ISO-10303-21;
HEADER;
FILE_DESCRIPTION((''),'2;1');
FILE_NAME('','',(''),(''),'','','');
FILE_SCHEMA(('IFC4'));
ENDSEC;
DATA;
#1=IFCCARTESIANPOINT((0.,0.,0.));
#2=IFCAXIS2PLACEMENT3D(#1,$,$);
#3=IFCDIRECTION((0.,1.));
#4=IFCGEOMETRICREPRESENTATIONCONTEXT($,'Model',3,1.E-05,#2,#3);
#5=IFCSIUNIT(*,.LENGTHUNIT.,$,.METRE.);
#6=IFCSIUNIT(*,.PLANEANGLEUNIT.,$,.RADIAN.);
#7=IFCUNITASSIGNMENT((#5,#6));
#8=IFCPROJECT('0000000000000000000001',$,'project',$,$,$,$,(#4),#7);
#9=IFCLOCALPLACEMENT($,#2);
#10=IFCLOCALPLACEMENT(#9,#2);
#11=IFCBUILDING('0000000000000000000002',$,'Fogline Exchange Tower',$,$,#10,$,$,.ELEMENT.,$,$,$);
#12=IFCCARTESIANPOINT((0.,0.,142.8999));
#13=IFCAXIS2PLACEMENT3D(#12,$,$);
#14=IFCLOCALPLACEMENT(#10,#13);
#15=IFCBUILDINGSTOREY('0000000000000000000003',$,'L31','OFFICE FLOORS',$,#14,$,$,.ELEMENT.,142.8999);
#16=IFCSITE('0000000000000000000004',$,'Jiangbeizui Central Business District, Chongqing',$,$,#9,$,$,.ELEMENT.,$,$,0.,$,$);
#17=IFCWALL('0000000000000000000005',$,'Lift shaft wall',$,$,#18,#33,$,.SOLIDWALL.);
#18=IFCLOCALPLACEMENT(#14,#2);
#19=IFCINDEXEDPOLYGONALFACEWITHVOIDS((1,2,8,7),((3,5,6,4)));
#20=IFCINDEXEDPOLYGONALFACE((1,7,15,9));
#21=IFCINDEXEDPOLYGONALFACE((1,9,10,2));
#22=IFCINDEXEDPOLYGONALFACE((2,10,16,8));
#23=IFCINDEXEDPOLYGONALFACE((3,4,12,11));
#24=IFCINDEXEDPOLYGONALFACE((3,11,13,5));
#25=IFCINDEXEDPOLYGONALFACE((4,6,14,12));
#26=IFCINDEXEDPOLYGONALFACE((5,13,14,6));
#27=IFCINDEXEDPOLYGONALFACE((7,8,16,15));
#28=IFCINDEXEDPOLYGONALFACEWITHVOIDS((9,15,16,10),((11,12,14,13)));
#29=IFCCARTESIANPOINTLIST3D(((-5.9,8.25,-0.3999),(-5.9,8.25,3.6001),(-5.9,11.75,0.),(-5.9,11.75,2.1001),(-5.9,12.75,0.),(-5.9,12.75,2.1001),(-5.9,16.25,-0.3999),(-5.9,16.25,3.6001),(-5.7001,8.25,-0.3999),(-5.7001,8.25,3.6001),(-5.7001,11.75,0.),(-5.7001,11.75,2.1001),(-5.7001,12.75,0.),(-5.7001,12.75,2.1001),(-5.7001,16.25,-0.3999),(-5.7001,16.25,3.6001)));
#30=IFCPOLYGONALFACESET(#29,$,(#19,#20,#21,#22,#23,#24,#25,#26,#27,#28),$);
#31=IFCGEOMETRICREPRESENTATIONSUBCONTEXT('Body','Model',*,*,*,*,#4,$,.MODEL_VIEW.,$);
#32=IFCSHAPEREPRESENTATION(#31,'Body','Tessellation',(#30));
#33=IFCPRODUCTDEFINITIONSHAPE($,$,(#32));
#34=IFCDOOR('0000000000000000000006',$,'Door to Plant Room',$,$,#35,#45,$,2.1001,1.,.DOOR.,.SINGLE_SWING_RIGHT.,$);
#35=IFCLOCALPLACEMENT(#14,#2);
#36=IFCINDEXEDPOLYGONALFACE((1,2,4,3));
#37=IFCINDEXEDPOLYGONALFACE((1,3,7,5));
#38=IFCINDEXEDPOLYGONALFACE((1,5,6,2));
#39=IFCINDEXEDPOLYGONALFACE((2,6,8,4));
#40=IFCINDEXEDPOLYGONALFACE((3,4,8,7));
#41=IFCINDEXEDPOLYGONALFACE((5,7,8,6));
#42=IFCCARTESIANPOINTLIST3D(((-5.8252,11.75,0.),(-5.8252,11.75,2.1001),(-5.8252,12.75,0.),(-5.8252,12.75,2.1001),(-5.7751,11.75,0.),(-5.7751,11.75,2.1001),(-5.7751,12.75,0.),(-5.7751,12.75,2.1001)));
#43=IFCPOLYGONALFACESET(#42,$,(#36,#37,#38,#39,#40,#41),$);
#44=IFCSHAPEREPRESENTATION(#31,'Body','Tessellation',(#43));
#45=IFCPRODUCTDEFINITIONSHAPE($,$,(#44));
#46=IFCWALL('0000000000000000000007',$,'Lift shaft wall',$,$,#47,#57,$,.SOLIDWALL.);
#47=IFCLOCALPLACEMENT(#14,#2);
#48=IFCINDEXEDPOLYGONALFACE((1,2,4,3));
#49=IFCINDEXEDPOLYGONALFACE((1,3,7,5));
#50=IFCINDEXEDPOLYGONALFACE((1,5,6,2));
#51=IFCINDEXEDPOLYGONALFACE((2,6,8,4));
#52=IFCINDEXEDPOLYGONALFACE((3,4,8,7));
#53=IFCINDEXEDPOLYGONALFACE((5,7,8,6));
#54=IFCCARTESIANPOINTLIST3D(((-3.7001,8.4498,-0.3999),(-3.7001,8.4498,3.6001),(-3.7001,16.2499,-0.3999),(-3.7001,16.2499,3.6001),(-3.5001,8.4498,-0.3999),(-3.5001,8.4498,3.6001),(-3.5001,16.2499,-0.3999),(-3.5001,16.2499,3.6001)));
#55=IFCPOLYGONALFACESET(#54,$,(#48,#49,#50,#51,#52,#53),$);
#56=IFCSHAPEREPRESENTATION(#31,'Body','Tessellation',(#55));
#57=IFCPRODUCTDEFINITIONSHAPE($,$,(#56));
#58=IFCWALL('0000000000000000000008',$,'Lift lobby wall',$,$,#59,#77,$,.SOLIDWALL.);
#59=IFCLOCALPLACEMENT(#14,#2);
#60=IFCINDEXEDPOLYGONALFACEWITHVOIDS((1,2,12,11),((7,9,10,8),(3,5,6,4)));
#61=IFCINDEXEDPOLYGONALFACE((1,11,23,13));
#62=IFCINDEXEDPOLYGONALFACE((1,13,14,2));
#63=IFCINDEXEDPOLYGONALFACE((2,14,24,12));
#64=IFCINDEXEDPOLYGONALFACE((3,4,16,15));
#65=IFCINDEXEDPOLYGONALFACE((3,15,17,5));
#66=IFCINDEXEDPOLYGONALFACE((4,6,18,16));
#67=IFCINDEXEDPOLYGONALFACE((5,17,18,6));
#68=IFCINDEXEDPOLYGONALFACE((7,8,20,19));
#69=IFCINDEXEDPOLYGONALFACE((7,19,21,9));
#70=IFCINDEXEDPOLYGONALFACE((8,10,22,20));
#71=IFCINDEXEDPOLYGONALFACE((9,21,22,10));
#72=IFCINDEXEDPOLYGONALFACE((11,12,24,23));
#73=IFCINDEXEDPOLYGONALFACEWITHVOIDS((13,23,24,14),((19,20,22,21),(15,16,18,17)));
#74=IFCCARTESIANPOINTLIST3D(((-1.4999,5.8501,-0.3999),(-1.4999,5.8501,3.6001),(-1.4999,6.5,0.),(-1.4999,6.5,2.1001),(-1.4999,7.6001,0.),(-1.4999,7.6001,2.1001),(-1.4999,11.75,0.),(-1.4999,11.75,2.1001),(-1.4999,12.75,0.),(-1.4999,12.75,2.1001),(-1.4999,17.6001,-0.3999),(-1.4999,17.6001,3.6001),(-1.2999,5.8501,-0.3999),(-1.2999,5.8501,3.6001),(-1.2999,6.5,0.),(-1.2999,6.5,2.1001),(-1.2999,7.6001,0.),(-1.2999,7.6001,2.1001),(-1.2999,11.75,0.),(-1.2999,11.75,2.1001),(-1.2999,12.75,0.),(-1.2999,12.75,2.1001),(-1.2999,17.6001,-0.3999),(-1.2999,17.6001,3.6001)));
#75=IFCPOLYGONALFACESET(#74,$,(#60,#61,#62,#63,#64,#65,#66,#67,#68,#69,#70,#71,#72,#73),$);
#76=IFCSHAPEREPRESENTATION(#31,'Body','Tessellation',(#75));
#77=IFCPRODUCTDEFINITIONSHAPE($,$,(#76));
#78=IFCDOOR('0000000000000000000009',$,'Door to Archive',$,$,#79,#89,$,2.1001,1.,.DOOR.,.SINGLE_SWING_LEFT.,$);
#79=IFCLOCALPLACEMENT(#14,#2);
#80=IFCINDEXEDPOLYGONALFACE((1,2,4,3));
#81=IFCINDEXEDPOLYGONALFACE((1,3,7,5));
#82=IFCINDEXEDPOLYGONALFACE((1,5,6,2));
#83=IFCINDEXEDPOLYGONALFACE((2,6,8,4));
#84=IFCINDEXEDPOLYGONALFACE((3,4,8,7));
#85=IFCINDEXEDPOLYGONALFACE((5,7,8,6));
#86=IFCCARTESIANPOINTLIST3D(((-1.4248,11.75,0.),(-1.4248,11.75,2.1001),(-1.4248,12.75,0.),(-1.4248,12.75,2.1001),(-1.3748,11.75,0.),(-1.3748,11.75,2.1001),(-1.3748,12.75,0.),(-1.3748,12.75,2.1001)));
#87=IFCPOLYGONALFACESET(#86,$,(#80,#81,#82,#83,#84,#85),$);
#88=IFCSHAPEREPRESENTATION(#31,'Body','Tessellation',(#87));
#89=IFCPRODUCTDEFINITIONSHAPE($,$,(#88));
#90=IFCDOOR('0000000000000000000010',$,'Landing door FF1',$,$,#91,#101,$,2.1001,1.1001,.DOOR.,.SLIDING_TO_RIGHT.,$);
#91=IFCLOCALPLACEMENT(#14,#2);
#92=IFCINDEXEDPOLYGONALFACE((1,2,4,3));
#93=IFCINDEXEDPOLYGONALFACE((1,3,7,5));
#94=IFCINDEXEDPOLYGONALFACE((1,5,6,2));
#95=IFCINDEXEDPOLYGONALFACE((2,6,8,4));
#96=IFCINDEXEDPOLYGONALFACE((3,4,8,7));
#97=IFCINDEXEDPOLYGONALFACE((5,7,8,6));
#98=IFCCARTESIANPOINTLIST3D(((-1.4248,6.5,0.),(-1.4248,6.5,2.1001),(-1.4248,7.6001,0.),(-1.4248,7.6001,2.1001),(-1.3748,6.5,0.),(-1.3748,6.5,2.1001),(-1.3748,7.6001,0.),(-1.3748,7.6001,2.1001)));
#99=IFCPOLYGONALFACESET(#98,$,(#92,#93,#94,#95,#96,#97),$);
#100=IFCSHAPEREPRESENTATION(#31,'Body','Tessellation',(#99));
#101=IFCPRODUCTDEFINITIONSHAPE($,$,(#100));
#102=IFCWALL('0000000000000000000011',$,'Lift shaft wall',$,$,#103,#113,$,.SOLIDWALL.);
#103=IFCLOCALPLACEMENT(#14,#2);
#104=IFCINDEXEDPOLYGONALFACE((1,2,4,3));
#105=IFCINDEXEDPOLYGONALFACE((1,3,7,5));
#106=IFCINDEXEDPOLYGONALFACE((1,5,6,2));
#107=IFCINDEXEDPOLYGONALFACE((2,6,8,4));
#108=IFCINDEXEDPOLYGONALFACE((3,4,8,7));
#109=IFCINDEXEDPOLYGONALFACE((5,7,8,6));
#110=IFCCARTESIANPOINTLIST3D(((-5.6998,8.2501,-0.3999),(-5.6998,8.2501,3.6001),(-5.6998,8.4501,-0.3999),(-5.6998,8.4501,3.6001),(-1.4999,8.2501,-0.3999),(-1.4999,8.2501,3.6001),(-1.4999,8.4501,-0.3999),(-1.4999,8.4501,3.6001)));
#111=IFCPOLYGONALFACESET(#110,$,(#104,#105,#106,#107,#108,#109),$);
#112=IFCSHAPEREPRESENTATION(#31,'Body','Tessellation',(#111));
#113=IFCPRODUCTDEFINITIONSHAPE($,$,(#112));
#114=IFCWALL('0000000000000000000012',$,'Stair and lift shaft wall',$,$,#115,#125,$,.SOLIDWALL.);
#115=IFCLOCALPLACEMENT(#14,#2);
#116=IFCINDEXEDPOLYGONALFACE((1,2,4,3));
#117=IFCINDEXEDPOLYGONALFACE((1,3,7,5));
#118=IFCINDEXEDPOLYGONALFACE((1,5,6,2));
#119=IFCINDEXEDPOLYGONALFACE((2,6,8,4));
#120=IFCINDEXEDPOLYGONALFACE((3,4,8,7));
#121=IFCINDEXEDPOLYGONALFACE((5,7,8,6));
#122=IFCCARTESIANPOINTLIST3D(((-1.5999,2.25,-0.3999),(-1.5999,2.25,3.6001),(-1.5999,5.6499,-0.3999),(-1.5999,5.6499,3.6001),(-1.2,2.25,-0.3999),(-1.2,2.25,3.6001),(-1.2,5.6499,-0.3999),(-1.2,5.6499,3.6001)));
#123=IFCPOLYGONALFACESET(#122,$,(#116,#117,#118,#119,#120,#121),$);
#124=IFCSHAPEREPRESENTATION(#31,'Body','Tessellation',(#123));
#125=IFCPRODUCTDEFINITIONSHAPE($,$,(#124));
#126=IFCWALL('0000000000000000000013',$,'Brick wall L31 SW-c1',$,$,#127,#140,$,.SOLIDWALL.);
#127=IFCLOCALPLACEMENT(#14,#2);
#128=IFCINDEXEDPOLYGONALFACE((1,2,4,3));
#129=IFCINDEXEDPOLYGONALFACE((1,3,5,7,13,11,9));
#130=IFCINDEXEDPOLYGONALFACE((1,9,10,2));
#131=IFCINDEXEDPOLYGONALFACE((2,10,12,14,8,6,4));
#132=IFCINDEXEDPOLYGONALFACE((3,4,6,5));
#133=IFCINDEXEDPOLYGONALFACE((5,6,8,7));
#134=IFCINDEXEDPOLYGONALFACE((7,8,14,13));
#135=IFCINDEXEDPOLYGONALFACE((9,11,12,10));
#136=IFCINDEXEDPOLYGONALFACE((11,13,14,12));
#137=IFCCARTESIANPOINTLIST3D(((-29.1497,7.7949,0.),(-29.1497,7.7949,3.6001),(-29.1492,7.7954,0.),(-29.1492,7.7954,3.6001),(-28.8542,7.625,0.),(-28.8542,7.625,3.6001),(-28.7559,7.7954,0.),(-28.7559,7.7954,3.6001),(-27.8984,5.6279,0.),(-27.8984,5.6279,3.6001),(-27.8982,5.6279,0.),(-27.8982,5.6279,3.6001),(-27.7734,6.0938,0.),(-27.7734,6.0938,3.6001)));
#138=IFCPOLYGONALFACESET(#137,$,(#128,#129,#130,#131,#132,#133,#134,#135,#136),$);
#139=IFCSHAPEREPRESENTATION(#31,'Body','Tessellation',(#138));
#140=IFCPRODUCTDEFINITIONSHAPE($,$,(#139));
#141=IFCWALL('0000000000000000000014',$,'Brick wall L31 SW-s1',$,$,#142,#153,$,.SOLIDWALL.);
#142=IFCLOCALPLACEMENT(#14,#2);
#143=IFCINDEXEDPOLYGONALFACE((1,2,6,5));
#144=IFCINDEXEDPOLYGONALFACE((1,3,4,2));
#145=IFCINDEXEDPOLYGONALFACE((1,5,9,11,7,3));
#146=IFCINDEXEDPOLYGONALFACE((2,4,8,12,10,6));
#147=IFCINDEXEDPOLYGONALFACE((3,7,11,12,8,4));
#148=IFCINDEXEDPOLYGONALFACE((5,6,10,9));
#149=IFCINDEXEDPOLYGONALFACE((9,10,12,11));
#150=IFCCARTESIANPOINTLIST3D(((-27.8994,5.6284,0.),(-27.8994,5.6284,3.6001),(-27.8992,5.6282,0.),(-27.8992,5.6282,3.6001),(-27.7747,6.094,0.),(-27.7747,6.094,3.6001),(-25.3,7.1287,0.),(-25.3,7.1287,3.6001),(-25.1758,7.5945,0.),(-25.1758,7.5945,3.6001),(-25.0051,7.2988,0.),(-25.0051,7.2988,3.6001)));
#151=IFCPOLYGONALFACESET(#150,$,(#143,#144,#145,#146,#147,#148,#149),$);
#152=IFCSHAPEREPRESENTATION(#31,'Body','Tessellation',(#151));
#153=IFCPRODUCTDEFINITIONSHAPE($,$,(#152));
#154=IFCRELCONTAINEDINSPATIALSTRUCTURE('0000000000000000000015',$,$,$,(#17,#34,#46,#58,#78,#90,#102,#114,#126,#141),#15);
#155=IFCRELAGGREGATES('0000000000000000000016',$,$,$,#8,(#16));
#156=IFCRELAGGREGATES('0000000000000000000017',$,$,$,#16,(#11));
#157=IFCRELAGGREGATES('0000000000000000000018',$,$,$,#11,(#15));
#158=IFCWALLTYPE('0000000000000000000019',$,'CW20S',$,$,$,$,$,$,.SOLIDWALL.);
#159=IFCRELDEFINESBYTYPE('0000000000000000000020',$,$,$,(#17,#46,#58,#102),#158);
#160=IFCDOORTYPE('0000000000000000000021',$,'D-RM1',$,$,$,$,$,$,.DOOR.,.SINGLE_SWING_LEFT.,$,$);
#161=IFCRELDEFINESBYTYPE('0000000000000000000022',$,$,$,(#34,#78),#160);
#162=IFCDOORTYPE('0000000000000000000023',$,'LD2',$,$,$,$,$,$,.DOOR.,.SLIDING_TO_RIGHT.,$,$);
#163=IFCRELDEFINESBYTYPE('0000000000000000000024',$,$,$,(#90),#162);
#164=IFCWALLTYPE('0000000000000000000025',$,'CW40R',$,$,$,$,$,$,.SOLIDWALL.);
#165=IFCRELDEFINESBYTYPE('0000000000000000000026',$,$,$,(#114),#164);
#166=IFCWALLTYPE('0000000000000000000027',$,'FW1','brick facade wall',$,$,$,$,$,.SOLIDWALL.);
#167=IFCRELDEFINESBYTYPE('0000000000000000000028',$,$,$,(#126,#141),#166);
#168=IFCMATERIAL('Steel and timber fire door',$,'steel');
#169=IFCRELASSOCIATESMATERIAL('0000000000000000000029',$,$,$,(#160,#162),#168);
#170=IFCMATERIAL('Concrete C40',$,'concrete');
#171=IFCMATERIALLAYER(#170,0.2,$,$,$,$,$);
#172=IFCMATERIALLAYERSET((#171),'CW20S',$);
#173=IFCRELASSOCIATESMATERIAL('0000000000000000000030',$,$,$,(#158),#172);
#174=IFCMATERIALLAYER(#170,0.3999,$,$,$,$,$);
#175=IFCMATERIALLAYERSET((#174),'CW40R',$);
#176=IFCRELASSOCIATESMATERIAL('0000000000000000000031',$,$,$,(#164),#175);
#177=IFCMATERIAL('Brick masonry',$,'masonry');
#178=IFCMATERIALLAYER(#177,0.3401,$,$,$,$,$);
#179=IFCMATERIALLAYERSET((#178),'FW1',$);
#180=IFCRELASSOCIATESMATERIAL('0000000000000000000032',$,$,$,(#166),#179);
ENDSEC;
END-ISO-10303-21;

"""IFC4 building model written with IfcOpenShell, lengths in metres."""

from ifc_helpers import new_model, si_unit, direction, frame, frame_2d, origin, place, context, subcontext, project, spatial, polyline, rectangle, outline, extrude, material, layer, layer_set, type_object, element, fill, save


model = new_model("IFC4")

# Units and contexts
model_context = context("Model", 3, precision=1e-05, world=origin(), true_north=direction((0.0, 1.0)))
body_context = subcontext(model_context, "Body", "Model", "MODEL_VIEW")
ifc_project = project(units=[si_unit("LENGTHUNIT", "METRE"), si_unit("PLANEANGLEUNIT", "RADIAN")], contexts=[model_context])

# Site, building, storey
site_placement = place(None, origin())
site = spatial("IfcSite", under=ifc_project, at=site_placement, Name="Jiangbeizui Central Business District, Chongqing", CompositionType="ELEMENT", RefElevation=0.0)
building_placement = place(site_placement, origin())
building = spatial("IfcBuilding", under=site, at=building_placement, Name="Fogline Exchange Tower", CompositionType="ELEMENT")
storey_placement = place(building_placement, frame((0.0, 0.0, 142.8999)))
storey = spatial("IfcBuildingStorey", under=building, at=storey_placement, Name="L31", Description="OFFICE FLOORS", CompositionType="ELEMENT", Elevation=142.8999)

# Shared definitions
ifc_material_1 = material(Name="Concrete C40", Category="concrete")

# Wall, opening, door
ifc_material_2 = material(Name="Steel and timber fire door", Category="steel")
door_type_1 = type_object("IfcDoorType", Name="D-RM1", OperationType="SINGLE_SWING_LEFT", PredefinedType="DOOR", material=ifc_material_2)
ifc_layer_1 = layer(ifc_material_1, 0.2)
ifc_layer_set_1 = layer_set([ifc_layer_1], Name="CW20S")
wall_type_1 = type_object("IfcWallType", Name="CW20S", PredefinedType="SOLIDWALL", material=ifc_layer_set_1)
wall_1_placement = place(storey_placement, frame((-5.8, 8.25, -0.3999), z_axis=(0.0, 0.0, 1.0), x_axis=(0.0, 1.0, 0.0)))
wall_1 = element("IfcWall", 1, at=wall_1_placement, inside=storey, type_object=wall_type_1, Name="Lift shaft wall", PredefinedType="SOLIDWALL", context=body_context, shape_type="SweptSolid", body=[
    extrude(rectangle(XDim=8.0, YDim=0.2, at=frame_2d((4.0, 0.0))), origin(), (0.0, 0.0, 1.0), 4.0),
])
opening_1_placement = place(wall_1_placement, frame((3.5, 0.0, 0.3999)))
opening_1 = element("IfcOpeningElement", 2, at=opening_1_placement, cuts=wall_1, PredefinedType="OPENING", context=body_context, shape_type="SweptSolid", body=[
    extrude(rectangle(XDim=1.0, YDim=2.1001, at=frame_2d((0.5, 1.05))), frame((0.0, 0.1099, 0.0), z_axis=(0.0, -1.0, 0.0), x_axis=(1.0, 0.0, 0.0)), (0.0, 0.0, 1.0), 0.22),
])
door_1_placement = place(opening_1_placement, frame((1.0, 0.0, 0.0), z_axis=(0.0, 0.0, 1.0), x_axis=(-1.0, 0.0, 0.0)))
door_1 = element("IfcDoor", 3, at=door_1_placement, inside=storey, type_object=door_type_1, Name="Door to Plant Room", OperationType="SINGLE_SWING_RIGHT", OverallHeight=2.1001, OverallWidth=1.0, PredefinedType="DOOR", context=body_context, shape_type="SweptSolid", body=[
    extrude(rectangle(XDim=1.0, YDim=2.1001, at=frame_2d((0.5, 1.05))), frame((0.0, 0.0249, 0.0), z_axis=(0.0, -1.0, 0.0), x_axis=(1.0, 0.0, 0.0)), (0.0, 0.0, 1.0), 0.05),
])
fill(opening_1, door_1)

# Wall
wall_2_placement = place(storey_placement, frame((-3.6001, 8.45, -0.3999), z_axis=(0.0, 0.0, 1.0), x_axis=(0.0, 1.0, 0.0)))
element("IfcWall", 4, at=wall_2_placement, inside=storey, type_object=wall_type_1, Name="Lift shaft wall", PredefinedType="SOLIDWALL", context=body_context, shape_type="SweptSolid", body=[
    extrude(rectangle(XDim=7.8, YDim=0.2, at=frame_2d((3.8999, 0.0))), origin(), (0.0, 0.0, 1.0), 4.0),
])

# Wall, openings, doors
wall_3_placement = place(storey_placement, frame((-1.3999, 5.8501, -0.3999), z_axis=(0.0, 0.0, 1.0), x_axis=(0.0, 1.0, 0.0)))
wall_3 = element("IfcWall", 5, at=wall_3_placement, inside=storey, type_object=wall_type_1, Name="Lift lobby wall", PredefinedType="SOLIDWALL", context=body_context, shape_type="SweptSolid", body=[
    extrude(rectangle(XDim=11.75, YDim=0.2, at=frame_2d((5.875, 0.0))), origin(), (0.0, 0.0, 1.0), 4.0),
])
opening_2_placement = place(wall_3_placement, frame((0.6499, 0.0, 0.3999)))
opening_2 = element("IfcOpeningElement", 6, at=opening_2_placement, cuts=wall_3, PredefinedType="OPENING", context=body_context, shape_type="SweptSolid", body=[
    extrude(rectangle(XDim=1.1001, YDim=2.1001, at=frame_2d((0.55, 1.05))), frame((0.0, 0.1099, 0.0), z_axis=(0.0, -1.0, 0.0), x_axis=(1.0, 0.0, 0.0)), (0.0, 0.0, 1.0), 0.22),
])
opening_3_placement = place(wall_3_placement, frame((5.8999, 0.0, 0.3999)))
opening_3 = element("IfcOpeningElement", 7, at=opening_3_placement, cuts=wall_3, PredefinedType="OPENING", context=body_context, shape_type="SweptSolid", body=[
    extrude(rectangle(XDim=1.0, YDim=2.1001, at=frame_2d((0.5, 1.05))), frame((0.0, 0.1099, 0.0), z_axis=(0.0, -1.0, 0.0), x_axis=(1.0, 0.0, 0.0)), (0.0, 0.0, 1.0), 0.22),
])
door_2_placement = place(opening_3_placement, origin())
door_2 = element("IfcDoor", 8, at=door_2_placement, inside=storey, type_object=door_type_1, Name="Door to Archive", OperationType="SINGLE_SWING_LEFT", OverallHeight=2.1001, OverallWidth=1.0, PredefinedType="DOOR", context=body_context, shape_type="SweptSolid", body=[
    extrude(rectangle(XDim=1.0, YDim=2.1001, at=frame_2d((0.5, 1.05))), frame((0.0, 0.0249, 0.0), z_axis=(0.0, -1.0, 0.0), x_axis=(1.0, 0.0, 0.0)), (0.0, 0.0, 1.0), 0.05),
])
fill(opening_3, door_2)
door_type_2 = type_object("IfcDoorType", Name="LD2", OperationType="SLIDING_TO_RIGHT", PredefinedType="DOOR", material=ifc_material_2)
door_3_placement = place(opening_2_placement, origin())
door_3 = element("IfcDoor", 9, at=door_3_placement, inside=storey, type_object=door_type_2, Name="Landing door FF1", OperationType="SLIDING_TO_RIGHT", OverallHeight=2.1001, OverallWidth=1.1001, PredefinedType="DOOR", context=body_context, shape_type="SweptSolid", body=[
    extrude(rectangle(XDim=1.1001, YDim=2.1001, at=frame_2d((0.55, 1.05))), frame((0.0, 0.0249, 0.0), z_axis=(0.0, -1.0, 0.0), x_axis=(1.0, 0.0, 0.0)), (0.0, 0.0, 1.0), 0.05),
])
fill(opening_2, door_3)

# Walls
wall_4_placement = place(storey_placement, frame((-5.7, 8.3501, -0.3999), z_axis=(0.0, 0.0, 1.0), x_axis=(1.0, 0.0, 0.0)))
element("IfcWall", 10, at=wall_4_placement, inside=storey, type_object=wall_type_1, Name="Lift shaft wall", PredefinedType="SOLIDWALL", context=body_context, shape_type="SweptSolid", body=[
    extrude(rectangle(XDim=4.2, YDim=0.2, at=frame_2d((2.1001, 0.0))), origin(), (0.0, 0.0, 1.0), 4.0),
])
ifc_layer_2 = layer(ifc_material_1, 0.3999)
ifc_layer_set_2 = layer_set([ifc_layer_2], Name="CW40R")
wall_type_2 = type_object("IfcWallType", Name="CW40R", PredefinedType="SOLIDWALL", material=ifc_layer_set_2)
wall_5_placement = place(storey_placement, frame((-1.3999, 2.25, -0.3999), z_axis=(0.0, 0.0, 1.0), x_axis=(0.0, 1.0, 0.0)))
element("IfcWall", 11, at=wall_5_placement, inside=storey, type_object=wall_type_2, Name="Stair and lift shaft wall", PredefinedType="SOLIDWALL", context=body_context, shape_type="SweptSolid", body=[
    extrude(rectangle(XDim=3.3999, YDim=0.3999, at=frame_2d((1.7, 0.0))), origin(), (0.0, 0.0, 1.0), 4.0),
])
ifc_material_3 = material(Name="Brick masonry", Category="masonry")
ifc_layer_3 = layer(ifc_material_3, 0.3401)
ifc_layer_set_3 = layer_set([ifc_layer_3], Name="FW1")
wall_type_3 = type_object("IfcWallType", Name="FW1", Description="brick facade wall", PredefinedType="SOLIDWALL", material=ifc_layer_set_3)
wall_6_placement = place(storey_placement, origin())
element("IfcWall", 12, at=wall_6_placement, inside=storey, type_object=wall_type_3, Name="Brick wall L31 SW-c1", PredefinedType="SOLIDWALL", context=body_context, shape_type="SweptSolid", body=[
    extrude(outline(polyline([(-27.8984, 5.6279), (-29.1497, 7.7949), (-29.1492, 7.7954), (-28.8542, 7.625), (-28.7559, 7.7954), (-27.7734, 6.0938), (-27.8982, 5.6279), (-27.8984, 5.6279)])), origin(), (0.0, 0.0, 1.0), 3.6001),
])
wall_7_placement = place(storey_placement, origin())
element("IfcWall", 13, at=wall_7_placement, inside=storey, type_object=wall_type_3, Name="Brick wall L31 SW-s1", PredefinedType="SOLIDWALL", context=body_context, shape_type="SweptSolid", body=[
    extrude(outline(polyline([(-25.1758, 7.5945), (-25.0051, 7.2988), (-25.3, 7.1287), (-27.8992, 5.6282), (-27.8994, 5.6284), (-27.7747, 6.094), (-25.1758, 7.5945)])), origin(), (0.0, 0.0, 1.0), 3.6001),
])

save(model, "model.ifc")
